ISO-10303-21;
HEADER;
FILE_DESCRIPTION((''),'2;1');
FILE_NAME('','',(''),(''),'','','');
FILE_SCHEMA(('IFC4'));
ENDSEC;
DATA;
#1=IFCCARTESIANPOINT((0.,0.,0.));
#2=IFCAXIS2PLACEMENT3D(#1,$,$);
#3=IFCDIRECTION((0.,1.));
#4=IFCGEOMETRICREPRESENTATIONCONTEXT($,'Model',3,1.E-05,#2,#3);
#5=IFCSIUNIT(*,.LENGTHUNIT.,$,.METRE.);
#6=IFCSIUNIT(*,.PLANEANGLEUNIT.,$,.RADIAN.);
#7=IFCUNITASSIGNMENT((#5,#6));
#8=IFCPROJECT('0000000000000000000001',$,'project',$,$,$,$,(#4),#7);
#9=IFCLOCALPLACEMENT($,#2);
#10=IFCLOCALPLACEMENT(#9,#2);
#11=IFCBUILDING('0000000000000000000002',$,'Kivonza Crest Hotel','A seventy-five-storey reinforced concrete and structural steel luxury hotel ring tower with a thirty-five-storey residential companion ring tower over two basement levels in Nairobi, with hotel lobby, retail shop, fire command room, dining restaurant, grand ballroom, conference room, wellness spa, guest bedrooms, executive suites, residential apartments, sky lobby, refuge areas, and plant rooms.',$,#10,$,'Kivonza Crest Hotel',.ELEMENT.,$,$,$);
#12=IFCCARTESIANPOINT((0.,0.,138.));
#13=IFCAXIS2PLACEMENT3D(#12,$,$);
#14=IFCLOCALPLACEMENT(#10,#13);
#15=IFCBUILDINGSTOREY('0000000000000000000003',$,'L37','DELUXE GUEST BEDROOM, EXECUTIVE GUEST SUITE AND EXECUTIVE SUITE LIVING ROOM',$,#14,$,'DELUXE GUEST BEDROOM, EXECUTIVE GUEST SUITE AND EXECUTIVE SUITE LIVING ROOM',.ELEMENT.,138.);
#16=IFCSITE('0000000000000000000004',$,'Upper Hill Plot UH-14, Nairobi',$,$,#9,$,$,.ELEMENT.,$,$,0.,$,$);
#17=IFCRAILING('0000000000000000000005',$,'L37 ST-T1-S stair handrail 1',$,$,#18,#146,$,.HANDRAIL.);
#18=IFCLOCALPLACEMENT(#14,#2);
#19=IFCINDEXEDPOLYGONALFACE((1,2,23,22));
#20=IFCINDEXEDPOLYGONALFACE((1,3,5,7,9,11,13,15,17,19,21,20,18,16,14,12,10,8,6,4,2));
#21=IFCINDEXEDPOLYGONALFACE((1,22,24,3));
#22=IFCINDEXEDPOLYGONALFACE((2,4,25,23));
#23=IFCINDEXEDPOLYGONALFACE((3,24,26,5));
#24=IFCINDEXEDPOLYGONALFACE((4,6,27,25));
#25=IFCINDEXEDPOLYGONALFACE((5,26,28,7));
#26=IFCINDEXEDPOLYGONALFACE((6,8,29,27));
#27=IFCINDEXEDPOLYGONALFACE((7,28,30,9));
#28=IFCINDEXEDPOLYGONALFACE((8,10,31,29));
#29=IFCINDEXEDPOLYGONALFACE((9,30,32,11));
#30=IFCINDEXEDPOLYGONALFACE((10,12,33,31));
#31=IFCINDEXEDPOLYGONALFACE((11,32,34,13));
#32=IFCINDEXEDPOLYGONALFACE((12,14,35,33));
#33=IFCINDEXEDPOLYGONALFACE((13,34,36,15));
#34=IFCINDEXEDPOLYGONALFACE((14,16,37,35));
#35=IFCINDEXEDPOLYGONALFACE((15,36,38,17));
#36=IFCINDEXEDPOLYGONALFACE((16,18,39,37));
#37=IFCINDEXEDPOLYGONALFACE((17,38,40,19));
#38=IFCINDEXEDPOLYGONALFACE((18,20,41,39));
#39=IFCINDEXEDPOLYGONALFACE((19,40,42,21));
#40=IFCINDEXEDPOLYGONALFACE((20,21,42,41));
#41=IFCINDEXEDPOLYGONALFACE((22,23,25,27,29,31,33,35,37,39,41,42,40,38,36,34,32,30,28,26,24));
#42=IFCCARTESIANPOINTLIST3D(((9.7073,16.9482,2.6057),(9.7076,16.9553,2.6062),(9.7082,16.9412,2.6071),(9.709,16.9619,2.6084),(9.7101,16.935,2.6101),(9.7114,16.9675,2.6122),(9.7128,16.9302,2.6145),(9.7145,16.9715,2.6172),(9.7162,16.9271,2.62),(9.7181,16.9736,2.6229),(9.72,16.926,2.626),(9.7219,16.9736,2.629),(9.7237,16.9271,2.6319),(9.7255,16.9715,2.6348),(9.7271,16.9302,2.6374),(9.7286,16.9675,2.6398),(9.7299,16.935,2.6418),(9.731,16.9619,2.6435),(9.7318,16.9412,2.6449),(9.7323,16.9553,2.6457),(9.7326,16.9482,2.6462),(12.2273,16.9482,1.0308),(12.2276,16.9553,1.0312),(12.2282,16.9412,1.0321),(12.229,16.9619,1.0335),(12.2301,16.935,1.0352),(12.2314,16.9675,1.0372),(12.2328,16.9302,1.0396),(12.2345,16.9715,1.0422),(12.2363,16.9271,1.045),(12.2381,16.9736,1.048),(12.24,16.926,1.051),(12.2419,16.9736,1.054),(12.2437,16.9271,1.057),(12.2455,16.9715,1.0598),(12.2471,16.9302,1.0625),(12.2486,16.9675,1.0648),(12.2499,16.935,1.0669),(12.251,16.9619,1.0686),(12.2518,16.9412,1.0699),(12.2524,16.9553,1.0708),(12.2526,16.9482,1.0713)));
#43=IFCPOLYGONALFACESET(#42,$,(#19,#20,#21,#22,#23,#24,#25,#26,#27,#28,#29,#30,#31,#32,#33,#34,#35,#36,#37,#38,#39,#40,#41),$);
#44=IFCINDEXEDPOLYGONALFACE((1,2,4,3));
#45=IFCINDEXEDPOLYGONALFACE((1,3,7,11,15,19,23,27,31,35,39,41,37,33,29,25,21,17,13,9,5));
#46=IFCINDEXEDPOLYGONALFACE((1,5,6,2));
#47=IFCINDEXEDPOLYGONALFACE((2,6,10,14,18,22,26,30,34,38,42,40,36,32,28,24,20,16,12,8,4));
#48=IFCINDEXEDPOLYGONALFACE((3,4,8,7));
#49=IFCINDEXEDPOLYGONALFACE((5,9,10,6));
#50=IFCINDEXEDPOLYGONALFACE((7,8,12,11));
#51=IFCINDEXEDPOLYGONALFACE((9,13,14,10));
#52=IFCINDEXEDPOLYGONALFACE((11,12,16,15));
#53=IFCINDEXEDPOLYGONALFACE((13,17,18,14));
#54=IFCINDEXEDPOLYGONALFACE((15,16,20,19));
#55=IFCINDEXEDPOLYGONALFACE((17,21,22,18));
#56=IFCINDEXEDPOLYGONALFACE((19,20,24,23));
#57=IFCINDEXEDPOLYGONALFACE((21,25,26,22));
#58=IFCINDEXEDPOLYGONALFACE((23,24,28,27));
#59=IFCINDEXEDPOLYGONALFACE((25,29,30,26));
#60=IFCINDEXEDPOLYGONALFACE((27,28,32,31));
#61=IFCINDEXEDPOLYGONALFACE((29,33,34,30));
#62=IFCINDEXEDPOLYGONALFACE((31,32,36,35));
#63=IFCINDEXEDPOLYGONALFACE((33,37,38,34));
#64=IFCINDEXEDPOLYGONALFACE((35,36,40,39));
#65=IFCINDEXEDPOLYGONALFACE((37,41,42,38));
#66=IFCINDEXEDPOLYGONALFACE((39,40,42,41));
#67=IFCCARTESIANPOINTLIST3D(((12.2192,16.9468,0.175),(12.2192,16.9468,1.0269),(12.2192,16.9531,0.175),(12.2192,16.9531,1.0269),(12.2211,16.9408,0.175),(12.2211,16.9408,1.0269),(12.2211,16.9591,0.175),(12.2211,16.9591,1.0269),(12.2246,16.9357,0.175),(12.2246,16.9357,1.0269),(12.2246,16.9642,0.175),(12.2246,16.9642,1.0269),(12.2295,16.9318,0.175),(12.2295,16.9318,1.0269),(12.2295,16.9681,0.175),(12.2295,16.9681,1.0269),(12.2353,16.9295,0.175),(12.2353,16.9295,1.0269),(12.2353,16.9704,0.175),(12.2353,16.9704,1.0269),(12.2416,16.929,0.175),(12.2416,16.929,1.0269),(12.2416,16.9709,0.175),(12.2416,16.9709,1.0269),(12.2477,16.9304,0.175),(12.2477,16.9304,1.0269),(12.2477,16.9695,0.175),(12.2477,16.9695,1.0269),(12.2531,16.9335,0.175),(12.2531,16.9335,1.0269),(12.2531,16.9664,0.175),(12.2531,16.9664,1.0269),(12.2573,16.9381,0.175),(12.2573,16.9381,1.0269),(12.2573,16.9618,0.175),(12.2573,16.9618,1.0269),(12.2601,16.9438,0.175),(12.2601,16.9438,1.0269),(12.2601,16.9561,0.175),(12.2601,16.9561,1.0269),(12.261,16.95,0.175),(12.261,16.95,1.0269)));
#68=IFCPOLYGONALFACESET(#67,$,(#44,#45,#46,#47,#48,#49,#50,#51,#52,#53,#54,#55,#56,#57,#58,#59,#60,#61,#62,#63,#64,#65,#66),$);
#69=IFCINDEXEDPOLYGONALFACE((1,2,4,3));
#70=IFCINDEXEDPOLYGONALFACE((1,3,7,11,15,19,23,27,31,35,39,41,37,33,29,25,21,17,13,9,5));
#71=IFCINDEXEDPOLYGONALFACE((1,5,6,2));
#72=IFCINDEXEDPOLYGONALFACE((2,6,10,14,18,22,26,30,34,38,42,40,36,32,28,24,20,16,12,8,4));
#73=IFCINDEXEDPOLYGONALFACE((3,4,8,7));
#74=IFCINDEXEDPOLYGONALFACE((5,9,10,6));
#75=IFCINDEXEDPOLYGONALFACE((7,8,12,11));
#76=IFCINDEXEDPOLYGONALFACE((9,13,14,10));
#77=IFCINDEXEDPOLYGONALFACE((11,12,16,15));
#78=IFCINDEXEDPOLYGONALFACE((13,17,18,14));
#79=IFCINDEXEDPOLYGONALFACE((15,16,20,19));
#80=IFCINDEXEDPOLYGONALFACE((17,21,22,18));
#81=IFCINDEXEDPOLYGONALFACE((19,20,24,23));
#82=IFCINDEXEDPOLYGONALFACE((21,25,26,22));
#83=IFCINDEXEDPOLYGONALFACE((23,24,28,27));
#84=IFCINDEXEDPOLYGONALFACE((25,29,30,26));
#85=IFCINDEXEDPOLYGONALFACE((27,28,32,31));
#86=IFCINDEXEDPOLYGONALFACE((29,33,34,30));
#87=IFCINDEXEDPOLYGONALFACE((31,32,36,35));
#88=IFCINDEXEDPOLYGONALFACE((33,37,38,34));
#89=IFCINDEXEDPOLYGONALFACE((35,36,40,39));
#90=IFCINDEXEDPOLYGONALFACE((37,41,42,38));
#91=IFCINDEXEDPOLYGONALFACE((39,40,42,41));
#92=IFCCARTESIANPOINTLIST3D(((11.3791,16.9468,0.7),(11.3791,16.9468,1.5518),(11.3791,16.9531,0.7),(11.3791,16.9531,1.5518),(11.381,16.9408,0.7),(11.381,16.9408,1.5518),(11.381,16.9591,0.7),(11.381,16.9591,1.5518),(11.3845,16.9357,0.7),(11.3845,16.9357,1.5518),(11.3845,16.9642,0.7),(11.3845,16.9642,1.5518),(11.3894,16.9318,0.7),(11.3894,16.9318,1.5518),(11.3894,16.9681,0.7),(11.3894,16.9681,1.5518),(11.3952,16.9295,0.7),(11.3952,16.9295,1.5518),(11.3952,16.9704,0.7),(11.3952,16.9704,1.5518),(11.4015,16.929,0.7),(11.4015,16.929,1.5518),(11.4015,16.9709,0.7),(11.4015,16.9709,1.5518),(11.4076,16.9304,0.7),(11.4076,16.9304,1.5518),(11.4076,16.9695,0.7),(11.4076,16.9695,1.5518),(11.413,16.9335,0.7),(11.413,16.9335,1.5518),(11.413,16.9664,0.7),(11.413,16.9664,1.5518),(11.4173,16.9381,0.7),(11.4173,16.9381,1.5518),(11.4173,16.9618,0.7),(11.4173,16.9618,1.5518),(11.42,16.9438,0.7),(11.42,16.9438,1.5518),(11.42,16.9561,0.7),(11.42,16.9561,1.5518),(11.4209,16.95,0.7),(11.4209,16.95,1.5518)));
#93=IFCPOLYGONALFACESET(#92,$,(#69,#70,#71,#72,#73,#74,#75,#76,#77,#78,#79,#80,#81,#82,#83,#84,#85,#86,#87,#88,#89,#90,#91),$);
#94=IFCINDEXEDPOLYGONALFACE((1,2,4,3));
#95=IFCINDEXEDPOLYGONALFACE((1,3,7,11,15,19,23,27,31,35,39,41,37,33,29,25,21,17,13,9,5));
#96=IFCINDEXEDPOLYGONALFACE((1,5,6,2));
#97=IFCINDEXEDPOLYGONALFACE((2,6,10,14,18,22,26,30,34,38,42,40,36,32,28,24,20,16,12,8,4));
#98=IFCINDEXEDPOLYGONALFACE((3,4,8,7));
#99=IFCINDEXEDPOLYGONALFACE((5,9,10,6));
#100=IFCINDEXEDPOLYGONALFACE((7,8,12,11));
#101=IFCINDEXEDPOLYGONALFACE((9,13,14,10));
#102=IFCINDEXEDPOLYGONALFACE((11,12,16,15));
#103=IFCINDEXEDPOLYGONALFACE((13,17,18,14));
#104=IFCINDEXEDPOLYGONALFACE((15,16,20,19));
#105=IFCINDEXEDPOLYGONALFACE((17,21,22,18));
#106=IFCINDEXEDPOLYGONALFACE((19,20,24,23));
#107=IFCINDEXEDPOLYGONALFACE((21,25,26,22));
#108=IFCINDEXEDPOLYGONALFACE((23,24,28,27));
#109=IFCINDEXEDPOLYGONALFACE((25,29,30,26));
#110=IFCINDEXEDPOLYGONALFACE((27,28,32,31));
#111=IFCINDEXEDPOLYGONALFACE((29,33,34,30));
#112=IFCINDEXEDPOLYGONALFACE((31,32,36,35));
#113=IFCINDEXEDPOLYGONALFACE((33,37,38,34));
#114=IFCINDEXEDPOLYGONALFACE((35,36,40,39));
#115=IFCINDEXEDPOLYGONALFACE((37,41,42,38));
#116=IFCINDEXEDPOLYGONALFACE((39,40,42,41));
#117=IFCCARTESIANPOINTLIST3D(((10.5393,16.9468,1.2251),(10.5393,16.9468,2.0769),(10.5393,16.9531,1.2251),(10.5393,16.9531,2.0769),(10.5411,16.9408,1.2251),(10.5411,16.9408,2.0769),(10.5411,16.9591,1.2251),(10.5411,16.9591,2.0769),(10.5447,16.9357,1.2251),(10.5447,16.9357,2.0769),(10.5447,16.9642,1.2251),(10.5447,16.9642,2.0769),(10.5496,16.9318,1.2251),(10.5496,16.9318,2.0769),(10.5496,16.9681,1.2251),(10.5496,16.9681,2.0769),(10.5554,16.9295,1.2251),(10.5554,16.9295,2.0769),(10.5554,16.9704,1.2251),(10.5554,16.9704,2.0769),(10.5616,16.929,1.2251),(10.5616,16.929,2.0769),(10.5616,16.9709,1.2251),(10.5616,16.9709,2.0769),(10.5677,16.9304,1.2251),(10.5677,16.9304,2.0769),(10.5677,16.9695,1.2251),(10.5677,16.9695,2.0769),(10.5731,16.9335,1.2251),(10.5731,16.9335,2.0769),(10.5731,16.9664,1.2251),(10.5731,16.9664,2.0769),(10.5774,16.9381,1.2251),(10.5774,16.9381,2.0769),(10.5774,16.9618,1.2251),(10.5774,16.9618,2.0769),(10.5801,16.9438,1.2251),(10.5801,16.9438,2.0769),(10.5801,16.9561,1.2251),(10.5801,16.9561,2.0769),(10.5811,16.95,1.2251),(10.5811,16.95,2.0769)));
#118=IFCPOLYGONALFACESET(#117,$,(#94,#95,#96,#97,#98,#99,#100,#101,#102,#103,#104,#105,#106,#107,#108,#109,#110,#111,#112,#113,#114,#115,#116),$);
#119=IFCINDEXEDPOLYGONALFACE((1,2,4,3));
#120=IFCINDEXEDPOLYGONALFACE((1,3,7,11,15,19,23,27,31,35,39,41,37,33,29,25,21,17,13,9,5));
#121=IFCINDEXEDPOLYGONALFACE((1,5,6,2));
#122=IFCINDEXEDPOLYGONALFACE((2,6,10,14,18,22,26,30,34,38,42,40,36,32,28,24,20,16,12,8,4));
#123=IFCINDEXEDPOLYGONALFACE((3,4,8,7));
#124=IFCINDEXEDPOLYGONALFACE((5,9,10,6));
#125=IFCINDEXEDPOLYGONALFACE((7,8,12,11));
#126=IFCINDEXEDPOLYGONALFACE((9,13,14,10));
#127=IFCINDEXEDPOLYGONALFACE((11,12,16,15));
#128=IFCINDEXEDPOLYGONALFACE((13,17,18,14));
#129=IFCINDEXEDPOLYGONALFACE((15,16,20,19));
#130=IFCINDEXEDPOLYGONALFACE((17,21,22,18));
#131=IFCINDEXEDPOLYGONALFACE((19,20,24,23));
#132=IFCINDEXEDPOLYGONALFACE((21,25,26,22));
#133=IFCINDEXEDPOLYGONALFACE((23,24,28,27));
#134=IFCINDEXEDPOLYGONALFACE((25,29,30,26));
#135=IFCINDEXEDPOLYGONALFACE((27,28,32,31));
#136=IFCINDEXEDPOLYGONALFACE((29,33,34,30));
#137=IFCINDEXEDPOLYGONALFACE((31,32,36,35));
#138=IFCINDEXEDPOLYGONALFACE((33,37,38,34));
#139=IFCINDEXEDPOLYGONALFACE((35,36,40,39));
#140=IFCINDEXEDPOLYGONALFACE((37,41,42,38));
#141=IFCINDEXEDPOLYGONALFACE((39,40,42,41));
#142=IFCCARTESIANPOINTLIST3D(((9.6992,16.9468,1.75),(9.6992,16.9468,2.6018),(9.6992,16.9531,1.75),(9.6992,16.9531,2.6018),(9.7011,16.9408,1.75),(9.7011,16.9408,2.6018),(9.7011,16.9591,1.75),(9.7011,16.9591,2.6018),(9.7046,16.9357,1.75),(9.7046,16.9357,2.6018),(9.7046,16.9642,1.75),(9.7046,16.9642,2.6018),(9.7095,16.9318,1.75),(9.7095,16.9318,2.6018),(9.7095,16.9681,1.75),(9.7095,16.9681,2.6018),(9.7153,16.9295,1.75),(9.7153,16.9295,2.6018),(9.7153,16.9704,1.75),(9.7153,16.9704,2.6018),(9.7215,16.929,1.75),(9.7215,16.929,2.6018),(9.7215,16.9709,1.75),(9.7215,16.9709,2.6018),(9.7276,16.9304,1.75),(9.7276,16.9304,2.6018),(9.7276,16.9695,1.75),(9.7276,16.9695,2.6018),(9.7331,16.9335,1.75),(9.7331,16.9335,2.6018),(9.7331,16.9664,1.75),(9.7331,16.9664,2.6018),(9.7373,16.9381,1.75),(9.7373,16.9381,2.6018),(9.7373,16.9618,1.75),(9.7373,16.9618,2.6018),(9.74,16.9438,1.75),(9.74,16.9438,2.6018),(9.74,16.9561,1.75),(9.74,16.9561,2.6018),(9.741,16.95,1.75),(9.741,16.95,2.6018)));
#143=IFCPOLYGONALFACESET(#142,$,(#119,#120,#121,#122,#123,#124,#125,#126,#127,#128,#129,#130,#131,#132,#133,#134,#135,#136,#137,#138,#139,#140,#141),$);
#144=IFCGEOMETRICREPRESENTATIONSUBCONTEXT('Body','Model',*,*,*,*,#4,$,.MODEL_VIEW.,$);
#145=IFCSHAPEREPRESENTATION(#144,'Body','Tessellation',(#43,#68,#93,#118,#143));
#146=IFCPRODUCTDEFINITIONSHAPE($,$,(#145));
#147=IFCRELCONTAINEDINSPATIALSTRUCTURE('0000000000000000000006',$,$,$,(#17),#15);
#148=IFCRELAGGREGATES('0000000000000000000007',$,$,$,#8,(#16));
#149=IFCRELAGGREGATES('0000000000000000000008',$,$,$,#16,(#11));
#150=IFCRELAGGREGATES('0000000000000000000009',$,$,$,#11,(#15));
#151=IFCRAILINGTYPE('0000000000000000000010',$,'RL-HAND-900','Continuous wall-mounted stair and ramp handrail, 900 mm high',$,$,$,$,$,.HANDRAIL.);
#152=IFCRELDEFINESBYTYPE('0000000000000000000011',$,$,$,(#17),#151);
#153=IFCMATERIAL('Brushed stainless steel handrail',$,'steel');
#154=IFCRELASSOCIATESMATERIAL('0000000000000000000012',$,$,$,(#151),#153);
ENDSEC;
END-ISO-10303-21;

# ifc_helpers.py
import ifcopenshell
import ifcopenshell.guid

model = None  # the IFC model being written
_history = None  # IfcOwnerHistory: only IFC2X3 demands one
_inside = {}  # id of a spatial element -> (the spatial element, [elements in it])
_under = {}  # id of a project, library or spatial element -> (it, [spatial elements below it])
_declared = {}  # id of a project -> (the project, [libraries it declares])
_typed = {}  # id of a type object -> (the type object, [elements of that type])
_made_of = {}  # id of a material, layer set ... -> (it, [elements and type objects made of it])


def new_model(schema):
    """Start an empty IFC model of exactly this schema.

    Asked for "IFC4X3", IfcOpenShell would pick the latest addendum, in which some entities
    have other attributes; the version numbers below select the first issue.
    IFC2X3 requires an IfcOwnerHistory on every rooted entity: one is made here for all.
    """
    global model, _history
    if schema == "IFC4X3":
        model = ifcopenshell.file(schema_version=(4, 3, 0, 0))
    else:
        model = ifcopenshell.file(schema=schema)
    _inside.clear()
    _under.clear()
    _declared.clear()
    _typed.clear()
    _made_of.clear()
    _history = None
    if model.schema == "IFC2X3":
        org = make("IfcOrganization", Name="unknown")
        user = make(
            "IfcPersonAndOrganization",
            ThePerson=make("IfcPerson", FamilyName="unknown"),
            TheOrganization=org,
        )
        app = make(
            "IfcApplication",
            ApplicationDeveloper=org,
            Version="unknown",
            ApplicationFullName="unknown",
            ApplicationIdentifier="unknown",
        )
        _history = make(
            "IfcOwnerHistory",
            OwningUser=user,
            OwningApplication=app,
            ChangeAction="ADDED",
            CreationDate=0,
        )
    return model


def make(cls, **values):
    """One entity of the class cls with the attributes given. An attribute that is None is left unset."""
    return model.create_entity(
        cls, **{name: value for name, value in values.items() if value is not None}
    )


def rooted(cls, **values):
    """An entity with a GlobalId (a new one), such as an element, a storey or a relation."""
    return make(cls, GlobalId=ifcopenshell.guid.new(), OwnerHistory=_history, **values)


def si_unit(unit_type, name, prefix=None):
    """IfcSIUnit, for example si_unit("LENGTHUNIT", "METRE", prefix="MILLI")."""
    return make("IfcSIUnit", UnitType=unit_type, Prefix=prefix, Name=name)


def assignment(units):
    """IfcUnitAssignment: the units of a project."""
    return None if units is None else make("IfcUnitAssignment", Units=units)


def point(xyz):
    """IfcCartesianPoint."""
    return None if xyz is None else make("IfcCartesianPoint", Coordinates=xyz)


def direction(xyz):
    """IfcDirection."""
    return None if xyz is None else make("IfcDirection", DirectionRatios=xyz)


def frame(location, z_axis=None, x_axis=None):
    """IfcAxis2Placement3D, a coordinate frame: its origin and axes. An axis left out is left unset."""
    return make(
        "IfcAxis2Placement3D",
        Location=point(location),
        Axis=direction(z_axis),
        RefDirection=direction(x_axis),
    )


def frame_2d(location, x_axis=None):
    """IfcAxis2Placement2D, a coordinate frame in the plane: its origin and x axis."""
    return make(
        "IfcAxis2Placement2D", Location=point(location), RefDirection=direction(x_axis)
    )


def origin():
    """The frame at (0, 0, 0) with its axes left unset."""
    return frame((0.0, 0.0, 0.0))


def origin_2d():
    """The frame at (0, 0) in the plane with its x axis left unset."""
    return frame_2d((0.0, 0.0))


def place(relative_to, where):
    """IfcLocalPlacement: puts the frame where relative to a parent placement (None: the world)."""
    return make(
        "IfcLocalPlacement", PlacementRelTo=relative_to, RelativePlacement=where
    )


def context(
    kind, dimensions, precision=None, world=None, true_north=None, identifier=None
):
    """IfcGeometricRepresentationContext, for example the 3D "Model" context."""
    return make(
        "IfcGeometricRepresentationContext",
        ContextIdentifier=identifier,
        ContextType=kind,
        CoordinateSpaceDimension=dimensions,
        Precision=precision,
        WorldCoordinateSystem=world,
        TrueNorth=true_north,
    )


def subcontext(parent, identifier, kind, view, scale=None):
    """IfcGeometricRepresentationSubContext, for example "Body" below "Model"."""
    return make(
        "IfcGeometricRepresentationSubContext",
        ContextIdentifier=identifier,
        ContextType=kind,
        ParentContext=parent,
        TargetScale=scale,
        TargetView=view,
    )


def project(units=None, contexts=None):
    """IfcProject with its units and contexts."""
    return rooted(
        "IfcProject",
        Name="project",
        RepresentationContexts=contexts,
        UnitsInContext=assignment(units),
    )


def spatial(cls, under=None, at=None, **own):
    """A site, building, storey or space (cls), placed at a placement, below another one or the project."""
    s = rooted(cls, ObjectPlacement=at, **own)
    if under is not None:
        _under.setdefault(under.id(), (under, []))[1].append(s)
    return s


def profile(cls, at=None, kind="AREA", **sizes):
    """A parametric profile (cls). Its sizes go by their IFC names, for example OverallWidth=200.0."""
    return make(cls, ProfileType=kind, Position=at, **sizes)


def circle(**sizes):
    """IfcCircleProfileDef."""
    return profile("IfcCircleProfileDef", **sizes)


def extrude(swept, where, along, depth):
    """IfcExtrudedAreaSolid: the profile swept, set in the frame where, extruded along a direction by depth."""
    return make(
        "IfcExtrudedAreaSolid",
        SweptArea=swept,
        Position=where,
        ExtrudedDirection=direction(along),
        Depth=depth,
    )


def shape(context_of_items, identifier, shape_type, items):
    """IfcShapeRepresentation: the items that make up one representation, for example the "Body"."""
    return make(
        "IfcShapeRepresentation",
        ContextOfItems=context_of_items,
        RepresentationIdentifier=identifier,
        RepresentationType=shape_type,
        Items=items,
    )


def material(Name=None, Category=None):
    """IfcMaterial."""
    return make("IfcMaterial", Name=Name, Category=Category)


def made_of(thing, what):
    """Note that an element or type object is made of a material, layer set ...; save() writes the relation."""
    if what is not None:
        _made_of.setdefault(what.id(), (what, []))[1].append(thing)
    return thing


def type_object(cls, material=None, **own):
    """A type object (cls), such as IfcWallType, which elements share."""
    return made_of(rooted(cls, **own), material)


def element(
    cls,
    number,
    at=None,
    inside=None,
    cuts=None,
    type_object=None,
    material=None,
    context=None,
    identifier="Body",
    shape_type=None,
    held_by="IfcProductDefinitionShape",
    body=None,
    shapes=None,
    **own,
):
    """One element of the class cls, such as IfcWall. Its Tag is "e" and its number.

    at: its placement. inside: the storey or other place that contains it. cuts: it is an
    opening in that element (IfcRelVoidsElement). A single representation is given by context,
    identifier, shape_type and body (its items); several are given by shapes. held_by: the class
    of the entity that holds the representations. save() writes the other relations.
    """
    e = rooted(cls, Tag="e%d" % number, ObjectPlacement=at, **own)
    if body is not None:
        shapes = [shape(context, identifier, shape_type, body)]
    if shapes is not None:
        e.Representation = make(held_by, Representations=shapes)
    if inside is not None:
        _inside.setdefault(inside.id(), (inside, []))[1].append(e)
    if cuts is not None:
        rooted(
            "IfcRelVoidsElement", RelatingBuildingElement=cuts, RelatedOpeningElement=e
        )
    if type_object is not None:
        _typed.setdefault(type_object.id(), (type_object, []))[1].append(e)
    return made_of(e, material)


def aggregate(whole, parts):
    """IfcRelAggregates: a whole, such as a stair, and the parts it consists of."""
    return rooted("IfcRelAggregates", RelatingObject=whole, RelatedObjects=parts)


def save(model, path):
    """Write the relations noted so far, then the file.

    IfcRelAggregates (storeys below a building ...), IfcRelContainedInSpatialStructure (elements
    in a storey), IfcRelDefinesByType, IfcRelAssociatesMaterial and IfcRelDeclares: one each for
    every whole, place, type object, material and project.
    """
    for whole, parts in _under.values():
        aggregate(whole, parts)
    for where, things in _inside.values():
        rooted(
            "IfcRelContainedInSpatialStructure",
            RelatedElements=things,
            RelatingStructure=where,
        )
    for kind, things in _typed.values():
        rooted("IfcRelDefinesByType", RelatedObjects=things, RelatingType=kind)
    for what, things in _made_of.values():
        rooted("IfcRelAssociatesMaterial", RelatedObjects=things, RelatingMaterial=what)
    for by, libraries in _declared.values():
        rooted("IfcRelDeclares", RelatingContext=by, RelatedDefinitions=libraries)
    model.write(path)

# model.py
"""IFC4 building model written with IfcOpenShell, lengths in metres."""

from ifc_helpers import new_model, si_unit, direction, frame, origin, origin_2d, place, context, subcontext, project, spatial, circle, extrude, material, type_object, element, save


model = new_model("IFC4")

# Units and contexts
model_context = context("Model", 3, precision=1e-05, world=origin(), true_north=direction((0.0, 1.0)))
body_context = subcontext(model_context, "Body", "Model", "MODEL_VIEW")
ifc_project = project(units=[si_unit("LENGTHUNIT", "METRE"), si_unit("PLANEANGLEUNIT", "RADIAN")], contexts=[model_context])

# Site, building, storey
site_placement = place(None, origin())
site = spatial("IfcSite", under=ifc_project, at=site_placement, Name="Upper Hill Plot UH-14, Nairobi", CompositionType="ELEMENT", RefElevation=0.0)
building_placement = place(site_placement, origin())
building = spatial("IfcBuilding", under=site, at=building_placement, Name="Kivonza Crest Hotel", Description="A seventy-five-storey reinforced concrete and structural steel luxury hotel ring tower with a thirty-five-storey residential companion ring tower over two basement levels in Nairobi, with hotel lobby, retail shop, fire command room, dining restaurant, grand ballroom, conference room, wellness spa, guest bedrooms, executive suites, residential apartments, sky lobby, refuge areas, and plant rooms.", LongName="Kivonza Crest Hotel", CompositionType="ELEMENT")
storey_placement = place(building_placement, frame((0.0, 0.0, 138.0)))
storey = spatial("IfcBuildingStorey", under=building, at=storey_placement, Name="L37", Description="DELUXE GUEST BEDROOM, EXECUTIVE GUEST SUITE AND EXECUTIVE SUITE LIVING ROOM", LongName="DELUXE GUEST BEDROOM, EXECUTIVE GUEST SUITE AND EXECUTIVE SUITE LIVING ROOM", CompositionType="ELEMENT", Elevation=138.0)

# Railing
ifc_material_1 = material(Name="Brushed stainless steel handrail", Category="steel")
railing_type_1 = type_object("IfcRailingType", Name="RL-HAND-900", Description="Continuous wall-mounted stair and ramp handrail, 900 mm high", PredefinedType="HANDRAIL", material=ifc_material_1)
railing_1_placement = place(storey_placement, frame((12.24, 16.95, 0.175)))
element("IfcRailing", 1, at=railing_1_placement, inside=storey, type_object=railing_type_1, Name="L37 ST-T1-S stair handrail 1", PredefinedType="HANDRAIL", context=body_context, shape_type="SweptSolid", body=[
    extrude(circle(Radius=0.0239, at=origin_2d()), frame((0.0, 0.0, 0.876), z_axis=(-0.848008, 0.0, 0.529984), x_axis=(0.0, -1.0, 0.0)), (0.0, 0.0, 1.0), 2.9717),
    extrude(circle(Radius=0.021, at=origin_2d()), origin(), (0.0, 0.0, 1.0), 0.8518),
    extrude(circle(Radius=0.021, at=origin_2d()), frame((-0.8401, 0.0, 0.5249)), (0.0, 0.0, 1.0), 0.8518),
    extrude(circle(Radius=0.021, at=origin_2d()), frame((-1.6799, 0.0, 1.05)), (0.0, 0.0, 1.0), 0.8518),
    extrude(circle(Radius=0.021, at=origin_2d()), frame((-2.52, 0.0, 1.575)), (0.0, 0.0, 1.0), 0.8518),
])

save(model, "model.ifc")
